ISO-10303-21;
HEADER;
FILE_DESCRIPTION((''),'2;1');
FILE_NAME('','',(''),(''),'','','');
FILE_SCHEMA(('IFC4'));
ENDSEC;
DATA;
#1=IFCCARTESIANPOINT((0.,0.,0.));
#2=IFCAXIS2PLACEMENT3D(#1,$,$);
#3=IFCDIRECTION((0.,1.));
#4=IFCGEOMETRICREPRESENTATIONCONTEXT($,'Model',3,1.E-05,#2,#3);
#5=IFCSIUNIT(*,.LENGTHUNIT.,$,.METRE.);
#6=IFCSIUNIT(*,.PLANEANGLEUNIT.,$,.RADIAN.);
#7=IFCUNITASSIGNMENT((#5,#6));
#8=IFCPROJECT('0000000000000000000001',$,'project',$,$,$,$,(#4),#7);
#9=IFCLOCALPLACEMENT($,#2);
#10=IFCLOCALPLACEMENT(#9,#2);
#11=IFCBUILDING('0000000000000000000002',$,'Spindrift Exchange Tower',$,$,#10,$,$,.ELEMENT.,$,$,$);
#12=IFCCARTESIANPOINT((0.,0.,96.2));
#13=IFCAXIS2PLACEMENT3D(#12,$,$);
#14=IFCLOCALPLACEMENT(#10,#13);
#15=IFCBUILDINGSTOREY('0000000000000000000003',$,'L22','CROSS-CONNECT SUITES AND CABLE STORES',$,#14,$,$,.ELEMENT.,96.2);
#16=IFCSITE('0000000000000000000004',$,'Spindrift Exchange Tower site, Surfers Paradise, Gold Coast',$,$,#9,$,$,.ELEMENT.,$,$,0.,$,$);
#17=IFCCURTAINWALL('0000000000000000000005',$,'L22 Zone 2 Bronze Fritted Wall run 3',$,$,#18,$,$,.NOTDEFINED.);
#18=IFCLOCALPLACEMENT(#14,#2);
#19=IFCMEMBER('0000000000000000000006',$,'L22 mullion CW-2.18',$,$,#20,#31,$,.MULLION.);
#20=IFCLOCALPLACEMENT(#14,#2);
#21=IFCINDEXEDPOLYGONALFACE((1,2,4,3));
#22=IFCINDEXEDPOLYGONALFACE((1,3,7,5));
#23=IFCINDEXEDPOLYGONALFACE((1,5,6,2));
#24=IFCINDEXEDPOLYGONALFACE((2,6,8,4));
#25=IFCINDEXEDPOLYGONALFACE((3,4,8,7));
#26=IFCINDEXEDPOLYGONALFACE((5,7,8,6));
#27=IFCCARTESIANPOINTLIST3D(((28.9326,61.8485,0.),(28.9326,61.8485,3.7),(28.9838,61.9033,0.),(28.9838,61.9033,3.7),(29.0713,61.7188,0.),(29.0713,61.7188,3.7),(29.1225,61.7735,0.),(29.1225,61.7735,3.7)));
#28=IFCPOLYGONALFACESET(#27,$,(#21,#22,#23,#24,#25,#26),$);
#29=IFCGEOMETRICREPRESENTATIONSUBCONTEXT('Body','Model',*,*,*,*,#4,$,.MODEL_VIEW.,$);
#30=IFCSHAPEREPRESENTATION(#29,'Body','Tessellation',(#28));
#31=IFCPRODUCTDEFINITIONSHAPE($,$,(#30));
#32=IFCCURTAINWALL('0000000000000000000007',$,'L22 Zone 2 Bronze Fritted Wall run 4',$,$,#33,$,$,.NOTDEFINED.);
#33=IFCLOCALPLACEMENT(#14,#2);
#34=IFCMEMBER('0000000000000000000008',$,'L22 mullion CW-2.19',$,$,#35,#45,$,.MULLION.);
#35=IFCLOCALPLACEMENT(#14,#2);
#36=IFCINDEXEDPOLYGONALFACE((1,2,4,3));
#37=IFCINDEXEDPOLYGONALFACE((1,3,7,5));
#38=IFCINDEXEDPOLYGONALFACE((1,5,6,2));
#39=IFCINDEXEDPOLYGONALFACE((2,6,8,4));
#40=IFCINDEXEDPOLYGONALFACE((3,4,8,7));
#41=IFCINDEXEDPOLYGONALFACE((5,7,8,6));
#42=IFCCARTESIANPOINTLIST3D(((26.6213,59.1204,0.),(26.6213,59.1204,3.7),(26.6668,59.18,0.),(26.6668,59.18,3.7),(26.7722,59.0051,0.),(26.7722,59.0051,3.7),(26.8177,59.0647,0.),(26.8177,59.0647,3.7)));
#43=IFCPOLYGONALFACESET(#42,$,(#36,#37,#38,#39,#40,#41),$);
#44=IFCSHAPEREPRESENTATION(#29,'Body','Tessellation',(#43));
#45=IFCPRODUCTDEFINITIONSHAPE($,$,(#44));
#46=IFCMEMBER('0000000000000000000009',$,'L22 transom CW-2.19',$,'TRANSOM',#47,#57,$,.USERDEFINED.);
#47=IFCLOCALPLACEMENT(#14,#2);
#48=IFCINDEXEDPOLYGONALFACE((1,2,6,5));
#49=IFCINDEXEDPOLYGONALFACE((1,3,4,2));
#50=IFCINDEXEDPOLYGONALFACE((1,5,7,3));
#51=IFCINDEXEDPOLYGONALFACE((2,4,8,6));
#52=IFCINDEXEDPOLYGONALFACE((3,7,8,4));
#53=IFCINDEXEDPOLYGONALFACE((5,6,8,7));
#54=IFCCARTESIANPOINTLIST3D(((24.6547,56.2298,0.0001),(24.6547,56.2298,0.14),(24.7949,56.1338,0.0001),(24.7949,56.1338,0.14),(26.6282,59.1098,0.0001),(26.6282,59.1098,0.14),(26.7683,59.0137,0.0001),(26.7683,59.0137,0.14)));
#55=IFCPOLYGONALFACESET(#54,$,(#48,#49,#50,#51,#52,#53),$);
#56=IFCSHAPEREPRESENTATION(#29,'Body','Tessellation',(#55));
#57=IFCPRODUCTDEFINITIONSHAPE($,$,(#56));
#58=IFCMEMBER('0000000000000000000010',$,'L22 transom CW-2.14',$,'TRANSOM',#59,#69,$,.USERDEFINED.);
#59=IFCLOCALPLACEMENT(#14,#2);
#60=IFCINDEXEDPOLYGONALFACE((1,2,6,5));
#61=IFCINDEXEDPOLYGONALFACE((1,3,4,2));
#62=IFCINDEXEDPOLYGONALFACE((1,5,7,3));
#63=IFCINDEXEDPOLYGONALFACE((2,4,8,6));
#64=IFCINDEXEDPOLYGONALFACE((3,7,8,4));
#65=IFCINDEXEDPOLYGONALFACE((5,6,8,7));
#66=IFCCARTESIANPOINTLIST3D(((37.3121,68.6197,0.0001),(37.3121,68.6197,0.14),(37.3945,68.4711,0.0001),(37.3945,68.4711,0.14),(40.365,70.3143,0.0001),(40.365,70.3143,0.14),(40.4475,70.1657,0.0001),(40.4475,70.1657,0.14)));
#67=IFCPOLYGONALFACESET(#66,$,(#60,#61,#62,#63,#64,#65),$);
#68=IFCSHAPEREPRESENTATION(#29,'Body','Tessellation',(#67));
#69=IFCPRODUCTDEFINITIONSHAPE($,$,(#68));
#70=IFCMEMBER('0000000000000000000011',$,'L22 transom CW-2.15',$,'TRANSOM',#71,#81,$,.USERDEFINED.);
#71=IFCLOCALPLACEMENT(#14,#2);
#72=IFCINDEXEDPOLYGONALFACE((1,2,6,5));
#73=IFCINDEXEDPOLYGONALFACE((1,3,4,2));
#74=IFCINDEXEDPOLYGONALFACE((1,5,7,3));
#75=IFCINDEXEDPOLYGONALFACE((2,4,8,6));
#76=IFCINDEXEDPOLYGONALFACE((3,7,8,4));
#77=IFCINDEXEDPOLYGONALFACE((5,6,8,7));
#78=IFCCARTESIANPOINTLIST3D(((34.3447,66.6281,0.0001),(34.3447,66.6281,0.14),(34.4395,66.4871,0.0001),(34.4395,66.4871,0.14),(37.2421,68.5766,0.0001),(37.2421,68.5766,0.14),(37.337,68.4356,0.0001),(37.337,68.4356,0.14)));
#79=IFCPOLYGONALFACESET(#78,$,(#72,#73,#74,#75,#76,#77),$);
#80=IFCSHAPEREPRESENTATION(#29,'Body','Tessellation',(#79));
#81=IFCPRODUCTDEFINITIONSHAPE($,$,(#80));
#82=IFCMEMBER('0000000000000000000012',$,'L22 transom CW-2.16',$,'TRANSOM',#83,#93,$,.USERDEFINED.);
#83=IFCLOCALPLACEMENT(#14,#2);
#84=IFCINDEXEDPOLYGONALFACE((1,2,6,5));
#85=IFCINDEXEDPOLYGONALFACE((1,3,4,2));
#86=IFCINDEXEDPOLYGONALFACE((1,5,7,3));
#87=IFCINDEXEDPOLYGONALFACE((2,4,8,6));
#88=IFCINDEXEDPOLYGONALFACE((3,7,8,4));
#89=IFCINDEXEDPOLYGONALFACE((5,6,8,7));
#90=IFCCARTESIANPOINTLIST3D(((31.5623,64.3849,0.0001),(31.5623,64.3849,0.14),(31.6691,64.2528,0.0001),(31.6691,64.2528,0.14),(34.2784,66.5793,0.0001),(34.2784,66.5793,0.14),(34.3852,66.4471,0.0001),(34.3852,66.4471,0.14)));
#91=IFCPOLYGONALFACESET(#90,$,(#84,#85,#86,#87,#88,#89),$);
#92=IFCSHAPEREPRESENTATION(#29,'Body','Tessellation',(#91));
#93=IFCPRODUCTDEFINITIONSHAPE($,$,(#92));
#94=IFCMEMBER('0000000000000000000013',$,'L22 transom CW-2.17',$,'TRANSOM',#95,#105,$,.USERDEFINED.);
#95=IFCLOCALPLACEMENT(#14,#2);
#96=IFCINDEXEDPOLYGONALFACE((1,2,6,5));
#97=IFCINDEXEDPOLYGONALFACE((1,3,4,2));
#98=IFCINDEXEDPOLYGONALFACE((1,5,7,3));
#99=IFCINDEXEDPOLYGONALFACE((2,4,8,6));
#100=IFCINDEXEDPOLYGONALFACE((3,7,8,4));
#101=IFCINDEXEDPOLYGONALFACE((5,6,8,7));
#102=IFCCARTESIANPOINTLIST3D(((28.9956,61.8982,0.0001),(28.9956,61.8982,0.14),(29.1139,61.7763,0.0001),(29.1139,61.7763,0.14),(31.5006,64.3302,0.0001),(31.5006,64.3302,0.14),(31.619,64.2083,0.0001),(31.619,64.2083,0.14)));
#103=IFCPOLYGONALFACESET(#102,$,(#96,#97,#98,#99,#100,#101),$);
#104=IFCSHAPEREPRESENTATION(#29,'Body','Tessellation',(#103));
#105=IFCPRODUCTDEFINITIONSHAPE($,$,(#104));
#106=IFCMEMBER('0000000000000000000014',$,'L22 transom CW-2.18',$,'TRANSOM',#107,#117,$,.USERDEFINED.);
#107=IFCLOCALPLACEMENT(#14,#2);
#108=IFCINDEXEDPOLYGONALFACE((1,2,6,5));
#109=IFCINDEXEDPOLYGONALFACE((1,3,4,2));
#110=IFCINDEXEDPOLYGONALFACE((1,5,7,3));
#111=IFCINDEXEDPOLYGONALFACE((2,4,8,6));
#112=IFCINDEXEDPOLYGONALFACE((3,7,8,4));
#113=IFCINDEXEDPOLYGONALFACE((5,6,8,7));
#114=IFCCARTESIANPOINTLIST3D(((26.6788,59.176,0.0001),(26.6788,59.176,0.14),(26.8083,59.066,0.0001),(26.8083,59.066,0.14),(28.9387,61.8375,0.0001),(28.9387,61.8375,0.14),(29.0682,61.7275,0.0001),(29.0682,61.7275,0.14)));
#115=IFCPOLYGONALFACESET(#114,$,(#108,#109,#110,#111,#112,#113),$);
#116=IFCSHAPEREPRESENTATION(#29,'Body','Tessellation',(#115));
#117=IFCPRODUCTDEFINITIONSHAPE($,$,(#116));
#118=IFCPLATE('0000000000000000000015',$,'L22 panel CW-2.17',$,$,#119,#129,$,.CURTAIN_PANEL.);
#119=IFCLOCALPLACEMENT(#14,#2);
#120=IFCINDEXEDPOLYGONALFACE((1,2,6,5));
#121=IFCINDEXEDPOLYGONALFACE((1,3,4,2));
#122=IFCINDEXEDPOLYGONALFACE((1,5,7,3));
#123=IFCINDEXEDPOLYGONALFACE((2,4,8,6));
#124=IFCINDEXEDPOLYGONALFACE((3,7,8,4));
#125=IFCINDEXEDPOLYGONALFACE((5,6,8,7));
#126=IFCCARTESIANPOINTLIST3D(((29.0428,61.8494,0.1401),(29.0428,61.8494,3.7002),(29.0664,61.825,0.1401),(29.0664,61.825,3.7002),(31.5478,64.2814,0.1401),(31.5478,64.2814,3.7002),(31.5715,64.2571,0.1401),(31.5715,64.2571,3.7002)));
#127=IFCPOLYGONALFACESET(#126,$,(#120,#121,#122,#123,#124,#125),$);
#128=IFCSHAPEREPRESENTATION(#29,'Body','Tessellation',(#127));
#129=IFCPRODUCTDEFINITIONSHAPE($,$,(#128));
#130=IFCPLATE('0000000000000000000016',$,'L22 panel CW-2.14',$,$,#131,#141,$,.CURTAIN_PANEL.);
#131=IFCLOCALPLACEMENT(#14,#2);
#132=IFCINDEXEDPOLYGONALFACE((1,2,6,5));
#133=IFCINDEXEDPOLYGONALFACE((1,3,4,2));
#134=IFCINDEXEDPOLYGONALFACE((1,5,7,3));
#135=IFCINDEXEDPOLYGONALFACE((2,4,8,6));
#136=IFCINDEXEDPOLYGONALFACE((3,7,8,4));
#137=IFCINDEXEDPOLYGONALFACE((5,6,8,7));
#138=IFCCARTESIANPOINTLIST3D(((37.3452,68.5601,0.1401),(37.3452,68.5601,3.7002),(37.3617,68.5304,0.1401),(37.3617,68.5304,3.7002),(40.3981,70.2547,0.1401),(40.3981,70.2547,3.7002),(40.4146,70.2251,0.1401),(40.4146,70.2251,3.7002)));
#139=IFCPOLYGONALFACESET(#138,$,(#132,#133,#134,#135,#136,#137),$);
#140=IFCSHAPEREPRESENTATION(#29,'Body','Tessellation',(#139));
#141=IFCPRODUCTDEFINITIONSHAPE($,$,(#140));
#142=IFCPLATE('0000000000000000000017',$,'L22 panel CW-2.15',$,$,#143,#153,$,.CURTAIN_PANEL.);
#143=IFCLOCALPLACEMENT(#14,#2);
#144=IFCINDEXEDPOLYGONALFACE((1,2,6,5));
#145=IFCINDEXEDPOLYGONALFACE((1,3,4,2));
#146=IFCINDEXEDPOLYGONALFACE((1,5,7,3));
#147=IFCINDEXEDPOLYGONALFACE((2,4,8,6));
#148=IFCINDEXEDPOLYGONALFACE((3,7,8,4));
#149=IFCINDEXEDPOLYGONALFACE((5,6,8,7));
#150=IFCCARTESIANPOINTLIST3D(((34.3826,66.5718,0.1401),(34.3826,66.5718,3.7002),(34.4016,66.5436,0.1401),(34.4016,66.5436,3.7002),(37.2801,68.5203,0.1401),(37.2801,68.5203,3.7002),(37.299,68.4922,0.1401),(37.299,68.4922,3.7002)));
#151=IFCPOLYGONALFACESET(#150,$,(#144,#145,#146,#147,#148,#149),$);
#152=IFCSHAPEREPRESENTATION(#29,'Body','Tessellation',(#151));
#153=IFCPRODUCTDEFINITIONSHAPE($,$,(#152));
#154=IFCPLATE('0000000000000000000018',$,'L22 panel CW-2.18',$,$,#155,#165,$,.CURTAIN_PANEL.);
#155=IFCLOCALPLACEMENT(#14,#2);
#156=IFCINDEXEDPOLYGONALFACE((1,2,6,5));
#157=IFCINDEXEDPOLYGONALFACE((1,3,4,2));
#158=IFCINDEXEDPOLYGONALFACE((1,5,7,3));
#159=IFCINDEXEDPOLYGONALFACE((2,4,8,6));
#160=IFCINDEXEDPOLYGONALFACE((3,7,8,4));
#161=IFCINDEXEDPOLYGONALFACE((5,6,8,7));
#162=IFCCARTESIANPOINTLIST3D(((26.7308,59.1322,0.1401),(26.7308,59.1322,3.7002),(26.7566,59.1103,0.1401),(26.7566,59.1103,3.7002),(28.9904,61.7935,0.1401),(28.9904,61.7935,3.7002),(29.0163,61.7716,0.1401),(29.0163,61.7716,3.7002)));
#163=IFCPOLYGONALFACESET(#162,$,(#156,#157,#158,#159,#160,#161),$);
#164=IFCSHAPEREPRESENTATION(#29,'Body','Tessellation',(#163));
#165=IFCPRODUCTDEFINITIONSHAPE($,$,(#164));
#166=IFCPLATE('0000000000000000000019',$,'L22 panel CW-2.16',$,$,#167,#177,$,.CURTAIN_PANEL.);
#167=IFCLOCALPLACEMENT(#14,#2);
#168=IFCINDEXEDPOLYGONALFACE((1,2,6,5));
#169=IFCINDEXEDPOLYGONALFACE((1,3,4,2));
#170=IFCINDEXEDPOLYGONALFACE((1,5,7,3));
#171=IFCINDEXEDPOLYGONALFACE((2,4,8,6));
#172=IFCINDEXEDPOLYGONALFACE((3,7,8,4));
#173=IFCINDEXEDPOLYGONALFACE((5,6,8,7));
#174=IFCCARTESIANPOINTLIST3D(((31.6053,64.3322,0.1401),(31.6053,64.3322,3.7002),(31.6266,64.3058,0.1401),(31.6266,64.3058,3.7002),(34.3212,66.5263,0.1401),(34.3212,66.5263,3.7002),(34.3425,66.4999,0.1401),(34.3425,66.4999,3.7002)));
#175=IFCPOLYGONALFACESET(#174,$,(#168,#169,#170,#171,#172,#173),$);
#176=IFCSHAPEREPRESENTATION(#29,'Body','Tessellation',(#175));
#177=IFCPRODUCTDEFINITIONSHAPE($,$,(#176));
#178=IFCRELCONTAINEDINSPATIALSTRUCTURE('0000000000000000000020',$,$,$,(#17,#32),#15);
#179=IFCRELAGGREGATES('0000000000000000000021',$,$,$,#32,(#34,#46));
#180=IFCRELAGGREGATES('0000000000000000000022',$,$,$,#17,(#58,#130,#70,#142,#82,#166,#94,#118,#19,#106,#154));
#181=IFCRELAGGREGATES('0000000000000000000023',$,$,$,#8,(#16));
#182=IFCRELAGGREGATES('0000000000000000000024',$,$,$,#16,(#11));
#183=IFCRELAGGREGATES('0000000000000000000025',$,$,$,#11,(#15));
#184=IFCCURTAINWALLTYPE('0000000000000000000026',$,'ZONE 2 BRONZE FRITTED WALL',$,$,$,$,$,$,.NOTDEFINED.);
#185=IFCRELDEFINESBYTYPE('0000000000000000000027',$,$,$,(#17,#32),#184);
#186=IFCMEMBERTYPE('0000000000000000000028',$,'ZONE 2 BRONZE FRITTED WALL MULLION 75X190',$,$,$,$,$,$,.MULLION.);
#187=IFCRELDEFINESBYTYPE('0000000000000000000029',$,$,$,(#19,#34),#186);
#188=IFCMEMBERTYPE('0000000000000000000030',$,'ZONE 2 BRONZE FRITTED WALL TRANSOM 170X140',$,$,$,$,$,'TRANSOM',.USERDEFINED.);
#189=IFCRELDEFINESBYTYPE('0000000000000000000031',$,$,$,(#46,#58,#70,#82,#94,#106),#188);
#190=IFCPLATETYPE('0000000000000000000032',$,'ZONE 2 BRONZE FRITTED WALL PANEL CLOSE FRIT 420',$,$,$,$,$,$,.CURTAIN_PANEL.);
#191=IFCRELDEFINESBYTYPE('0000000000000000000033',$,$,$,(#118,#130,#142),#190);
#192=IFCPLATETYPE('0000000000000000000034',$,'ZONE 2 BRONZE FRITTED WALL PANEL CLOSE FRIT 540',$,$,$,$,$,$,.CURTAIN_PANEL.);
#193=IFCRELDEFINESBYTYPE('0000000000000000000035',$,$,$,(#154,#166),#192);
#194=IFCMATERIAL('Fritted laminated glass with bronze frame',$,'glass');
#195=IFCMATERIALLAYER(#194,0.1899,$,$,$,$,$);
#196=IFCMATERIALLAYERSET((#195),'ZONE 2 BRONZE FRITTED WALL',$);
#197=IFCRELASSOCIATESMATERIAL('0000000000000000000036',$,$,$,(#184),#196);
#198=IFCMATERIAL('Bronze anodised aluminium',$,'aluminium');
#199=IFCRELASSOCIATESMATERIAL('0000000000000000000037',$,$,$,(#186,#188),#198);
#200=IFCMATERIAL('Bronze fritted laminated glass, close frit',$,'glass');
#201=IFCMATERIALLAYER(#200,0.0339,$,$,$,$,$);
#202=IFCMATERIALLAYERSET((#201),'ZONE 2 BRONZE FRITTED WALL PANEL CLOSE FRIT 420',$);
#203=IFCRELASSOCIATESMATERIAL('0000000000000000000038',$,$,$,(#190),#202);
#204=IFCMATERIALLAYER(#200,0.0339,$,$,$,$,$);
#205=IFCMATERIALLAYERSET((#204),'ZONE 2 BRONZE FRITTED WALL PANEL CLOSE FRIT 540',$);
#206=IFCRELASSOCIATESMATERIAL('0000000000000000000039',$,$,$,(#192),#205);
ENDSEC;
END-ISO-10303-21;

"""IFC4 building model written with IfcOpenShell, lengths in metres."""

from ifc_helpers import new_model, si_unit, direction, frame, origin, origin_2d, place, context, subcontext, project, spatial, rectangle, extrude, source, transform, mapped, material, layer, layer_set, material_profile, profile_set, type_object, element, aggregate, save


model = new_model("IFC4")

# Units and contexts
model_context = context("Model", 3, precision=1e-05, world=origin(), true_north=direction((0.0, 1.0)))
body_context = subcontext(model_context, "Body", "Model", "MODEL_VIEW")
ifc_project = project(units=[si_unit("LENGTHUNIT", "METRE"), si_unit("PLANEANGLEUNIT", "RADIAN")], contexts=[model_context])

# Site, building, storey
site_placement = place(None, origin())
site = spatial("IfcSite", under=ifc_project, at=site_placement, Name="Spindrift Exchange Tower site, Surfers Paradise, Gold Coast", CompositionType="ELEMENT", RefElevation=0.0)
building_placement = place(site_placement, origin())
building = spatial("IfcBuilding", under=site, at=building_placement, Name="Spindrift Exchange Tower", CompositionType="ELEMENT")
storey_placement = place(building_placement, frame((0.0, 0.0, 96.2)))
storey = spatial("IfcBuildingStorey", under=building, at=storey_placement, Name="L22", Description="CROSS-CONNECT SUITES AND CABLE STORES", CompositionType="ELEMENT", Elevation=96.2)

# Curtain walls, members
ifc_material_1 = material(Name="Fritted laminated glass with bronze frame", Category="glass")
ifc_layer_1 = layer(ifc_material_1, 0.1899)
ifc_layer_set_1 = layer_set([ifc_layer_1], Name="ZONE 2 BRONZE FRITTED WALL")
curtain_wall_type = type_object("IfcCurtainWallType", Name="ZONE 2 BRONZE FRITTED WALL", PredefinedType="NOTDEFINED", material=ifc_layer_set_1)
curtain_wall_1_placement = place(storey_placement, origin())
curtain_wall_1 = element("IfcCurtainWall", 1, at=curtain_wall_1_placement, inside=storey, type_object=curtain_wall_type, Name="L22 Zone 2 Bronze Fritted Wall run 3", PredefinedType="NOTDEFINED")
ifc_material_2 = material(Name="Bronze anodised aluminium", Category="aluminium")
ifc_material_profile_1 = material_profile(ifc_material_2, rectangle(XDim=0.075, YDim=0.1899, at=origin_2d()), Name="ZONE 2 BRONZE FRITTED WALL MULLION 75X190")
ifc_profile_set_1 = profile_set([ifc_material_profile_1], Name="Bronze anodised aluminium")
member_type_1 = type_object("IfcMemberType", Name="ZONE 2 BRONZE FRITTED WALL MULLION 75X190", PredefinedType="MULLION", material=ifc_profile_set_1)
shared_shape_1 = source(origin(), body_context, "Body", "SweptSolid", [
    extrude(rectangle(XDim=0.075, YDim=0.1899, at=origin_2d()), origin(), (0.0, 0.0, 1.0), 3.7),
])
member_1_placement = place(storey_placement, frame((29.0276, 61.811, 0.0), z_axis=(0.0, 0.0, 1.0), x_axis=(-0.683153, -0.730275, 0.0)))
member_1 = element("IfcMember", 2, at=member_1_placement, type_object=member_type_1, Name="L22 mullion CW-2.18", PredefinedType="MULLION", context=body_context, shape_type="MappedRepresentation", body=[
    mapped(shared_shape_1, transform((0.0, 0.0, 0.0), scale=1.0)),
])
curtain_wall_2_placement = place(storey_placement, origin())
curtain_wall_2 = element("IfcCurtainWall", 3, at=curtain_wall_2_placement, inside=storey, type_object=curtain_wall_type, Name="L22 Zone 2 Bronze Fritted Wall run 4", PredefinedType="NOTDEFINED")
member_2_placement = place(storey_placement, frame((26.7195, 59.0925, 0.0), z_axis=(0.0, 0.0, 1.0), x_axis=(-0.607076, -0.794644, 0.0)))
member_2 = element("IfcMember", 4, at=member_2_placement, type_object=member_type_1, Name="L22 mullion CW-2.19", PredefinedType="MULLION", context=body_context, shape_type="MappedRepresentation", body=[
    mapped(shared_shape_1, transform((0.0, 0.0, 0.0), scale=1.0)),
])
ifc_material_profile_2 = material_profile(ifc_material_2, rectangle(XDim=0.1699, YDim=0.1399, at=origin_2d()), Name="ZONE 2 BRONZE FRITTED WALL TRANSOM 170X140")
ifc_profile_set_2 = profile_set([ifc_material_profile_2], Name="Bronze anodised aluminium")
member_type_2 = type_object("IfcMemberType", Name="ZONE 2 BRONZE FRITTED WALL TRANSOM 170X140", ElementType="TRANSOM", PredefinedType="USERDEFINED", material=ifc_profile_set_2)
shared_shape_2 = source(origin(), body_context, "Body", "SweptSolid", [
    extrude(rectangle(XDim=0.1699, YDim=0.1399, at=origin_2d()), origin(), (0.0, 0.0, 1.0), 3.4912),
])
member_3_placement = place(storey_placement, frame((26.6982, 59.0618, 0.0701), z_axis=(-0.565258, -0.824914, 0.0), x_axis=(0.824914, -0.565258, 0.0)))
member_3 = element("IfcMember", 5, at=member_3_placement, type_object=member_type_2, Name="L22 transom CW-2.19", ObjectType="TRANSOM", PredefinedType="USERDEFINED", context=body_context, shape_type="MappedRepresentation", body=[
    mapped(shared_shape_2, transform((0.0, 0.0, 0.0), scale=1.0)),
])
aggregate(curtain_wall_2, [member_2, member_3])

# Members
shared_shape_3 = source(origin(), body_context, "Body", "SweptSolid", [
    extrude(rectangle(XDim=0.1699, YDim=0.1399, at=origin_2d()), origin(), (0.0, 0.0, 1.0), 3.4917),
])
member_4_placement = place(storey_placement, frame((40.4062, 70.24, 0.0701), z_axis=(-0.874342, -0.48531, 0.0), x_axis=(0.48531, -0.874342, 0.0)))
member_4 = element("IfcMember", 6, at=member_4_placement, type_object=member_type_2, Name="L22 transom CW-2.14", ObjectType="TRANSOM", PredefinedType="USERDEFINED", context=body_context, shape_type="MappedRepresentation", body=[
    mapped(shared_shape_3, transform((0.0, 0.0, 0.0), scale=1.0)),
])
member_5_placement = place(storey_placement, frame((37.2896, 68.5061, 0.0701), z_axis=(-0.829817, -0.558036, 0.0), x_axis=(0.558036, -0.829817, 0.0)))
member_5 = element("IfcMember", 7, at=member_5_placement, type_object=member_type_2, Name="L22 transom CW-2.15", ObjectType="TRANSOM", PredefinedType="USERDEFINED", context=body_context, shape_type="MappedRepresentation", body=[
    mapped(shared_shape_3, transform((0.0, 0.0, 0.0), scale=1.0)),
])
member_6_placement = place(storey_placement, frame((34.3318, 66.5132, 0.0701), z_axis=(-0.777858, -0.62844, 0.0), x_axis=(0.62844, -0.777858, 0.0)))
member_6 = element("IfcMember", 8, at=member_6_placement, type_object=member_type_2, Name="L22 transom CW-2.16", ObjectType="TRANSOM", PredefinedType="USERDEFINED", context=body_context, shape_type="MappedRepresentation", body=[
    mapped(shared_shape_3, transform((0.0, 0.0, 0.0), scale=1.0)),
])
shared_shape_4 = source(origin(), body_context, "Body", "SweptSolid", [
    extrude(rectangle(XDim=0.1699, YDim=0.1399, at=origin_2d()), origin(), (0.0, 0.0, 1.0), 3.4915),
])
member_7_placement = place(storey_placement, frame((31.5598, 64.2693, 0.0701), z_axis=(-0.717483, -0.696576, 0.0), x_axis=(0.696576, -0.717483, 0.0)))
member_7 = element("IfcMember", 9, at=member_7_placement, type_object=member_type_2, Name="L22 transom CW-2.17", ObjectType="TRANSOM", PredefinedType="USERDEFINED", context=body_context, shape_type="MappedRepresentation", body=[
    mapped(shared_shape_4, transform((0.0, 0.0, 0.0), scale=1.0)),
])
member_8_placement = place(storey_placement, frame((29.0034, 61.7825, 0.0701), z_axis=(-0.647248, -0.762279, 0.0), x_axis=(0.762279, -0.647248, 0.0)))
member_8 = element("IfcMember", 10, at=member_8_placement, type_object=member_type_2, Name="L22 transom CW-2.18", ObjectType="TRANSOM", PredefinedType="USERDEFINED", context=body_context, shape_type="MappedRepresentation", body=[
    mapped(shared_shape_4, transform((0.0, 0.0, 0.0), scale=1.0)),
])

# Plates
ifc_material_3 = material(Name="Bronze fritted laminated glass, close frit", Category="glass")
ifc_layer_2 = layer(ifc_material_3, 0.0339)
ifc_layer_set_2 = layer_set([ifc_layer_2], Name="ZONE 2 BRONZE FRITTED WALL PANEL CLOSE FRIT 420")
plate_type_1 = type_object("IfcPlateType", Name="ZONE 2 BRONZE FRITTED WALL PANEL CLOSE FRIT 420", PredefinedType="CURTAIN_PANEL", material=ifc_layer_set_2)
shared_shape_5 = source(origin(), body_context, "Body", "SweptSolid", [
    extrude(rectangle(XDim=3.4915, YDim=0.0339, at=origin_2d()), origin(), (0.0, 0.0, 1.0), 3.5601),
])
plate_1_placement = place(storey_placement, frame((30.3071, 63.0532, 0.1401), z_axis=(0.0, 0.0, 1.0), x_axis=(-0.717488, -0.696571, 0.0)))
plate_1 = element("IfcPlate", 11, at=plate_1_placement, type_object=plate_type_1, Name="L22 panel CW-2.17", PredefinedType="CURTAIN_PANEL", context=body_context, shape_type="MappedRepresentation", body=[
    mapped(shared_shape_5, transform((0.0, 0.0, 0.0), scale=1.0)),
])
shared_shape_6 = source(origin(), body_context, "Body", "SweptSolid", [
    extrude(rectangle(XDim=3.4917, YDim=0.0339, at=origin_2d()), origin(), (0.0, 0.0, 1.0), 3.5601),
])
plate_2_placement = place(storey_placement, frame((38.8799, 69.3926, 0.1401), z_axis=(0.0, 0.0, 1.0), x_axis=(-0.874329, -0.485333, 0.0)))
plate_2 = element("IfcPlate", 12, at=plate_2_placement, type_object=plate_type_1, Name="L22 panel CW-2.14", PredefinedType="CURTAIN_PANEL", context=body_context, shape_type="MappedRepresentation", body=[
    mapped(shared_shape_6, transform((0.0, 0.0, 0.0), scale=1.0)),
])
plate_3_placement = place(storey_placement, frame((35.8408, 67.532, 0.1401), z_axis=(0.0, 0.0, 1.0), x_axis=(-0.829809, -0.558048, 0.0)))
plate_3 = element("IfcPlate", 13, at=plate_3_placement, type_object=plate_type_1, Name="L22 panel CW-2.15", PredefinedType="CURTAIN_PANEL", context=body_context, shape_type="MappedRepresentation", body=[
    mapped(shared_shape_6, transform((0.0, 0.0, 0.0), scale=1.0)),
])
ifc_layer_3 = layer(ifc_material_3, 0.0339)
ifc_layer_set_3 = layer_set([ifc_layer_3], Name="ZONE 2 BRONZE FRITTED WALL PANEL CLOSE FRIT 540")
plate_type_2 = type_object("IfcPlateType", Name="ZONE 2 BRONZE FRITTED WALL PANEL CLOSE FRIT 540", PredefinedType="CURTAIN_PANEL", material=ifc_layer_set_3)
shared_shape_7 = source(origin(), body_context, "Body", "SweptSolid", [
    extrude(rectangle(XDim=3.4912, YDim=0.0339, at=origin_2d()), origin(), (0.0, 0.0, 1.0), 3.5601),
])
plate_4_placement = place(storey_placement, frame((27.8735, 60.4519, 0.1401), z_axis=(0.0, 0.0, 1.0), x_axis=(-0.647237, -0.762289, 0.0)))
plate_4 = element("IfcPlate", 14, at=plate_4_placement, type_object=plate_type_2, Name="L22 panel CW-2.18", PredefinedType="CURTAIN_PANEL", context=body_context, shape_type="MappedRepresentation", body=[
    mapped(shared_shape_7, transform((0.0, 0.0, 0.0), scale=1.0)),
])
shared_shape_8 = source(origin(), body_context, "Body", "SweptSolid", [
    extrude(rectangle(XDim=3.4915, YDim=0.0339, at=origin_2d()), origin(), (0.0, 0.0, 1.0), 3.5601),
])
plate_5_placement = place(storey_placement, frame((32.9739, 65.416, 0.1401), z_axis=(0.0, 0.0, 1.0), x_axis=(-0.77787, -0.628425, 0.0)))
plate_5 = element("IfcPlate", 15, at=plate_5_placement, type_object=plate_type_2, Name="L22 panel CW-2.16", PredefinedType="CURTAIN_PANEL", context=body_context, shape_type="MappedRepresentation", body=[
    mapped(shared_shape_8, transform((0.0, 0.0, 0.0), scale=1.0)),
])
aggregate(curtain_wall_1, [member_4, plate_2, member_5, plate_3, member_6, plate_5, member_7, plate_1, member_1, member_8, plate_4])

save(model, "model.ifc")
